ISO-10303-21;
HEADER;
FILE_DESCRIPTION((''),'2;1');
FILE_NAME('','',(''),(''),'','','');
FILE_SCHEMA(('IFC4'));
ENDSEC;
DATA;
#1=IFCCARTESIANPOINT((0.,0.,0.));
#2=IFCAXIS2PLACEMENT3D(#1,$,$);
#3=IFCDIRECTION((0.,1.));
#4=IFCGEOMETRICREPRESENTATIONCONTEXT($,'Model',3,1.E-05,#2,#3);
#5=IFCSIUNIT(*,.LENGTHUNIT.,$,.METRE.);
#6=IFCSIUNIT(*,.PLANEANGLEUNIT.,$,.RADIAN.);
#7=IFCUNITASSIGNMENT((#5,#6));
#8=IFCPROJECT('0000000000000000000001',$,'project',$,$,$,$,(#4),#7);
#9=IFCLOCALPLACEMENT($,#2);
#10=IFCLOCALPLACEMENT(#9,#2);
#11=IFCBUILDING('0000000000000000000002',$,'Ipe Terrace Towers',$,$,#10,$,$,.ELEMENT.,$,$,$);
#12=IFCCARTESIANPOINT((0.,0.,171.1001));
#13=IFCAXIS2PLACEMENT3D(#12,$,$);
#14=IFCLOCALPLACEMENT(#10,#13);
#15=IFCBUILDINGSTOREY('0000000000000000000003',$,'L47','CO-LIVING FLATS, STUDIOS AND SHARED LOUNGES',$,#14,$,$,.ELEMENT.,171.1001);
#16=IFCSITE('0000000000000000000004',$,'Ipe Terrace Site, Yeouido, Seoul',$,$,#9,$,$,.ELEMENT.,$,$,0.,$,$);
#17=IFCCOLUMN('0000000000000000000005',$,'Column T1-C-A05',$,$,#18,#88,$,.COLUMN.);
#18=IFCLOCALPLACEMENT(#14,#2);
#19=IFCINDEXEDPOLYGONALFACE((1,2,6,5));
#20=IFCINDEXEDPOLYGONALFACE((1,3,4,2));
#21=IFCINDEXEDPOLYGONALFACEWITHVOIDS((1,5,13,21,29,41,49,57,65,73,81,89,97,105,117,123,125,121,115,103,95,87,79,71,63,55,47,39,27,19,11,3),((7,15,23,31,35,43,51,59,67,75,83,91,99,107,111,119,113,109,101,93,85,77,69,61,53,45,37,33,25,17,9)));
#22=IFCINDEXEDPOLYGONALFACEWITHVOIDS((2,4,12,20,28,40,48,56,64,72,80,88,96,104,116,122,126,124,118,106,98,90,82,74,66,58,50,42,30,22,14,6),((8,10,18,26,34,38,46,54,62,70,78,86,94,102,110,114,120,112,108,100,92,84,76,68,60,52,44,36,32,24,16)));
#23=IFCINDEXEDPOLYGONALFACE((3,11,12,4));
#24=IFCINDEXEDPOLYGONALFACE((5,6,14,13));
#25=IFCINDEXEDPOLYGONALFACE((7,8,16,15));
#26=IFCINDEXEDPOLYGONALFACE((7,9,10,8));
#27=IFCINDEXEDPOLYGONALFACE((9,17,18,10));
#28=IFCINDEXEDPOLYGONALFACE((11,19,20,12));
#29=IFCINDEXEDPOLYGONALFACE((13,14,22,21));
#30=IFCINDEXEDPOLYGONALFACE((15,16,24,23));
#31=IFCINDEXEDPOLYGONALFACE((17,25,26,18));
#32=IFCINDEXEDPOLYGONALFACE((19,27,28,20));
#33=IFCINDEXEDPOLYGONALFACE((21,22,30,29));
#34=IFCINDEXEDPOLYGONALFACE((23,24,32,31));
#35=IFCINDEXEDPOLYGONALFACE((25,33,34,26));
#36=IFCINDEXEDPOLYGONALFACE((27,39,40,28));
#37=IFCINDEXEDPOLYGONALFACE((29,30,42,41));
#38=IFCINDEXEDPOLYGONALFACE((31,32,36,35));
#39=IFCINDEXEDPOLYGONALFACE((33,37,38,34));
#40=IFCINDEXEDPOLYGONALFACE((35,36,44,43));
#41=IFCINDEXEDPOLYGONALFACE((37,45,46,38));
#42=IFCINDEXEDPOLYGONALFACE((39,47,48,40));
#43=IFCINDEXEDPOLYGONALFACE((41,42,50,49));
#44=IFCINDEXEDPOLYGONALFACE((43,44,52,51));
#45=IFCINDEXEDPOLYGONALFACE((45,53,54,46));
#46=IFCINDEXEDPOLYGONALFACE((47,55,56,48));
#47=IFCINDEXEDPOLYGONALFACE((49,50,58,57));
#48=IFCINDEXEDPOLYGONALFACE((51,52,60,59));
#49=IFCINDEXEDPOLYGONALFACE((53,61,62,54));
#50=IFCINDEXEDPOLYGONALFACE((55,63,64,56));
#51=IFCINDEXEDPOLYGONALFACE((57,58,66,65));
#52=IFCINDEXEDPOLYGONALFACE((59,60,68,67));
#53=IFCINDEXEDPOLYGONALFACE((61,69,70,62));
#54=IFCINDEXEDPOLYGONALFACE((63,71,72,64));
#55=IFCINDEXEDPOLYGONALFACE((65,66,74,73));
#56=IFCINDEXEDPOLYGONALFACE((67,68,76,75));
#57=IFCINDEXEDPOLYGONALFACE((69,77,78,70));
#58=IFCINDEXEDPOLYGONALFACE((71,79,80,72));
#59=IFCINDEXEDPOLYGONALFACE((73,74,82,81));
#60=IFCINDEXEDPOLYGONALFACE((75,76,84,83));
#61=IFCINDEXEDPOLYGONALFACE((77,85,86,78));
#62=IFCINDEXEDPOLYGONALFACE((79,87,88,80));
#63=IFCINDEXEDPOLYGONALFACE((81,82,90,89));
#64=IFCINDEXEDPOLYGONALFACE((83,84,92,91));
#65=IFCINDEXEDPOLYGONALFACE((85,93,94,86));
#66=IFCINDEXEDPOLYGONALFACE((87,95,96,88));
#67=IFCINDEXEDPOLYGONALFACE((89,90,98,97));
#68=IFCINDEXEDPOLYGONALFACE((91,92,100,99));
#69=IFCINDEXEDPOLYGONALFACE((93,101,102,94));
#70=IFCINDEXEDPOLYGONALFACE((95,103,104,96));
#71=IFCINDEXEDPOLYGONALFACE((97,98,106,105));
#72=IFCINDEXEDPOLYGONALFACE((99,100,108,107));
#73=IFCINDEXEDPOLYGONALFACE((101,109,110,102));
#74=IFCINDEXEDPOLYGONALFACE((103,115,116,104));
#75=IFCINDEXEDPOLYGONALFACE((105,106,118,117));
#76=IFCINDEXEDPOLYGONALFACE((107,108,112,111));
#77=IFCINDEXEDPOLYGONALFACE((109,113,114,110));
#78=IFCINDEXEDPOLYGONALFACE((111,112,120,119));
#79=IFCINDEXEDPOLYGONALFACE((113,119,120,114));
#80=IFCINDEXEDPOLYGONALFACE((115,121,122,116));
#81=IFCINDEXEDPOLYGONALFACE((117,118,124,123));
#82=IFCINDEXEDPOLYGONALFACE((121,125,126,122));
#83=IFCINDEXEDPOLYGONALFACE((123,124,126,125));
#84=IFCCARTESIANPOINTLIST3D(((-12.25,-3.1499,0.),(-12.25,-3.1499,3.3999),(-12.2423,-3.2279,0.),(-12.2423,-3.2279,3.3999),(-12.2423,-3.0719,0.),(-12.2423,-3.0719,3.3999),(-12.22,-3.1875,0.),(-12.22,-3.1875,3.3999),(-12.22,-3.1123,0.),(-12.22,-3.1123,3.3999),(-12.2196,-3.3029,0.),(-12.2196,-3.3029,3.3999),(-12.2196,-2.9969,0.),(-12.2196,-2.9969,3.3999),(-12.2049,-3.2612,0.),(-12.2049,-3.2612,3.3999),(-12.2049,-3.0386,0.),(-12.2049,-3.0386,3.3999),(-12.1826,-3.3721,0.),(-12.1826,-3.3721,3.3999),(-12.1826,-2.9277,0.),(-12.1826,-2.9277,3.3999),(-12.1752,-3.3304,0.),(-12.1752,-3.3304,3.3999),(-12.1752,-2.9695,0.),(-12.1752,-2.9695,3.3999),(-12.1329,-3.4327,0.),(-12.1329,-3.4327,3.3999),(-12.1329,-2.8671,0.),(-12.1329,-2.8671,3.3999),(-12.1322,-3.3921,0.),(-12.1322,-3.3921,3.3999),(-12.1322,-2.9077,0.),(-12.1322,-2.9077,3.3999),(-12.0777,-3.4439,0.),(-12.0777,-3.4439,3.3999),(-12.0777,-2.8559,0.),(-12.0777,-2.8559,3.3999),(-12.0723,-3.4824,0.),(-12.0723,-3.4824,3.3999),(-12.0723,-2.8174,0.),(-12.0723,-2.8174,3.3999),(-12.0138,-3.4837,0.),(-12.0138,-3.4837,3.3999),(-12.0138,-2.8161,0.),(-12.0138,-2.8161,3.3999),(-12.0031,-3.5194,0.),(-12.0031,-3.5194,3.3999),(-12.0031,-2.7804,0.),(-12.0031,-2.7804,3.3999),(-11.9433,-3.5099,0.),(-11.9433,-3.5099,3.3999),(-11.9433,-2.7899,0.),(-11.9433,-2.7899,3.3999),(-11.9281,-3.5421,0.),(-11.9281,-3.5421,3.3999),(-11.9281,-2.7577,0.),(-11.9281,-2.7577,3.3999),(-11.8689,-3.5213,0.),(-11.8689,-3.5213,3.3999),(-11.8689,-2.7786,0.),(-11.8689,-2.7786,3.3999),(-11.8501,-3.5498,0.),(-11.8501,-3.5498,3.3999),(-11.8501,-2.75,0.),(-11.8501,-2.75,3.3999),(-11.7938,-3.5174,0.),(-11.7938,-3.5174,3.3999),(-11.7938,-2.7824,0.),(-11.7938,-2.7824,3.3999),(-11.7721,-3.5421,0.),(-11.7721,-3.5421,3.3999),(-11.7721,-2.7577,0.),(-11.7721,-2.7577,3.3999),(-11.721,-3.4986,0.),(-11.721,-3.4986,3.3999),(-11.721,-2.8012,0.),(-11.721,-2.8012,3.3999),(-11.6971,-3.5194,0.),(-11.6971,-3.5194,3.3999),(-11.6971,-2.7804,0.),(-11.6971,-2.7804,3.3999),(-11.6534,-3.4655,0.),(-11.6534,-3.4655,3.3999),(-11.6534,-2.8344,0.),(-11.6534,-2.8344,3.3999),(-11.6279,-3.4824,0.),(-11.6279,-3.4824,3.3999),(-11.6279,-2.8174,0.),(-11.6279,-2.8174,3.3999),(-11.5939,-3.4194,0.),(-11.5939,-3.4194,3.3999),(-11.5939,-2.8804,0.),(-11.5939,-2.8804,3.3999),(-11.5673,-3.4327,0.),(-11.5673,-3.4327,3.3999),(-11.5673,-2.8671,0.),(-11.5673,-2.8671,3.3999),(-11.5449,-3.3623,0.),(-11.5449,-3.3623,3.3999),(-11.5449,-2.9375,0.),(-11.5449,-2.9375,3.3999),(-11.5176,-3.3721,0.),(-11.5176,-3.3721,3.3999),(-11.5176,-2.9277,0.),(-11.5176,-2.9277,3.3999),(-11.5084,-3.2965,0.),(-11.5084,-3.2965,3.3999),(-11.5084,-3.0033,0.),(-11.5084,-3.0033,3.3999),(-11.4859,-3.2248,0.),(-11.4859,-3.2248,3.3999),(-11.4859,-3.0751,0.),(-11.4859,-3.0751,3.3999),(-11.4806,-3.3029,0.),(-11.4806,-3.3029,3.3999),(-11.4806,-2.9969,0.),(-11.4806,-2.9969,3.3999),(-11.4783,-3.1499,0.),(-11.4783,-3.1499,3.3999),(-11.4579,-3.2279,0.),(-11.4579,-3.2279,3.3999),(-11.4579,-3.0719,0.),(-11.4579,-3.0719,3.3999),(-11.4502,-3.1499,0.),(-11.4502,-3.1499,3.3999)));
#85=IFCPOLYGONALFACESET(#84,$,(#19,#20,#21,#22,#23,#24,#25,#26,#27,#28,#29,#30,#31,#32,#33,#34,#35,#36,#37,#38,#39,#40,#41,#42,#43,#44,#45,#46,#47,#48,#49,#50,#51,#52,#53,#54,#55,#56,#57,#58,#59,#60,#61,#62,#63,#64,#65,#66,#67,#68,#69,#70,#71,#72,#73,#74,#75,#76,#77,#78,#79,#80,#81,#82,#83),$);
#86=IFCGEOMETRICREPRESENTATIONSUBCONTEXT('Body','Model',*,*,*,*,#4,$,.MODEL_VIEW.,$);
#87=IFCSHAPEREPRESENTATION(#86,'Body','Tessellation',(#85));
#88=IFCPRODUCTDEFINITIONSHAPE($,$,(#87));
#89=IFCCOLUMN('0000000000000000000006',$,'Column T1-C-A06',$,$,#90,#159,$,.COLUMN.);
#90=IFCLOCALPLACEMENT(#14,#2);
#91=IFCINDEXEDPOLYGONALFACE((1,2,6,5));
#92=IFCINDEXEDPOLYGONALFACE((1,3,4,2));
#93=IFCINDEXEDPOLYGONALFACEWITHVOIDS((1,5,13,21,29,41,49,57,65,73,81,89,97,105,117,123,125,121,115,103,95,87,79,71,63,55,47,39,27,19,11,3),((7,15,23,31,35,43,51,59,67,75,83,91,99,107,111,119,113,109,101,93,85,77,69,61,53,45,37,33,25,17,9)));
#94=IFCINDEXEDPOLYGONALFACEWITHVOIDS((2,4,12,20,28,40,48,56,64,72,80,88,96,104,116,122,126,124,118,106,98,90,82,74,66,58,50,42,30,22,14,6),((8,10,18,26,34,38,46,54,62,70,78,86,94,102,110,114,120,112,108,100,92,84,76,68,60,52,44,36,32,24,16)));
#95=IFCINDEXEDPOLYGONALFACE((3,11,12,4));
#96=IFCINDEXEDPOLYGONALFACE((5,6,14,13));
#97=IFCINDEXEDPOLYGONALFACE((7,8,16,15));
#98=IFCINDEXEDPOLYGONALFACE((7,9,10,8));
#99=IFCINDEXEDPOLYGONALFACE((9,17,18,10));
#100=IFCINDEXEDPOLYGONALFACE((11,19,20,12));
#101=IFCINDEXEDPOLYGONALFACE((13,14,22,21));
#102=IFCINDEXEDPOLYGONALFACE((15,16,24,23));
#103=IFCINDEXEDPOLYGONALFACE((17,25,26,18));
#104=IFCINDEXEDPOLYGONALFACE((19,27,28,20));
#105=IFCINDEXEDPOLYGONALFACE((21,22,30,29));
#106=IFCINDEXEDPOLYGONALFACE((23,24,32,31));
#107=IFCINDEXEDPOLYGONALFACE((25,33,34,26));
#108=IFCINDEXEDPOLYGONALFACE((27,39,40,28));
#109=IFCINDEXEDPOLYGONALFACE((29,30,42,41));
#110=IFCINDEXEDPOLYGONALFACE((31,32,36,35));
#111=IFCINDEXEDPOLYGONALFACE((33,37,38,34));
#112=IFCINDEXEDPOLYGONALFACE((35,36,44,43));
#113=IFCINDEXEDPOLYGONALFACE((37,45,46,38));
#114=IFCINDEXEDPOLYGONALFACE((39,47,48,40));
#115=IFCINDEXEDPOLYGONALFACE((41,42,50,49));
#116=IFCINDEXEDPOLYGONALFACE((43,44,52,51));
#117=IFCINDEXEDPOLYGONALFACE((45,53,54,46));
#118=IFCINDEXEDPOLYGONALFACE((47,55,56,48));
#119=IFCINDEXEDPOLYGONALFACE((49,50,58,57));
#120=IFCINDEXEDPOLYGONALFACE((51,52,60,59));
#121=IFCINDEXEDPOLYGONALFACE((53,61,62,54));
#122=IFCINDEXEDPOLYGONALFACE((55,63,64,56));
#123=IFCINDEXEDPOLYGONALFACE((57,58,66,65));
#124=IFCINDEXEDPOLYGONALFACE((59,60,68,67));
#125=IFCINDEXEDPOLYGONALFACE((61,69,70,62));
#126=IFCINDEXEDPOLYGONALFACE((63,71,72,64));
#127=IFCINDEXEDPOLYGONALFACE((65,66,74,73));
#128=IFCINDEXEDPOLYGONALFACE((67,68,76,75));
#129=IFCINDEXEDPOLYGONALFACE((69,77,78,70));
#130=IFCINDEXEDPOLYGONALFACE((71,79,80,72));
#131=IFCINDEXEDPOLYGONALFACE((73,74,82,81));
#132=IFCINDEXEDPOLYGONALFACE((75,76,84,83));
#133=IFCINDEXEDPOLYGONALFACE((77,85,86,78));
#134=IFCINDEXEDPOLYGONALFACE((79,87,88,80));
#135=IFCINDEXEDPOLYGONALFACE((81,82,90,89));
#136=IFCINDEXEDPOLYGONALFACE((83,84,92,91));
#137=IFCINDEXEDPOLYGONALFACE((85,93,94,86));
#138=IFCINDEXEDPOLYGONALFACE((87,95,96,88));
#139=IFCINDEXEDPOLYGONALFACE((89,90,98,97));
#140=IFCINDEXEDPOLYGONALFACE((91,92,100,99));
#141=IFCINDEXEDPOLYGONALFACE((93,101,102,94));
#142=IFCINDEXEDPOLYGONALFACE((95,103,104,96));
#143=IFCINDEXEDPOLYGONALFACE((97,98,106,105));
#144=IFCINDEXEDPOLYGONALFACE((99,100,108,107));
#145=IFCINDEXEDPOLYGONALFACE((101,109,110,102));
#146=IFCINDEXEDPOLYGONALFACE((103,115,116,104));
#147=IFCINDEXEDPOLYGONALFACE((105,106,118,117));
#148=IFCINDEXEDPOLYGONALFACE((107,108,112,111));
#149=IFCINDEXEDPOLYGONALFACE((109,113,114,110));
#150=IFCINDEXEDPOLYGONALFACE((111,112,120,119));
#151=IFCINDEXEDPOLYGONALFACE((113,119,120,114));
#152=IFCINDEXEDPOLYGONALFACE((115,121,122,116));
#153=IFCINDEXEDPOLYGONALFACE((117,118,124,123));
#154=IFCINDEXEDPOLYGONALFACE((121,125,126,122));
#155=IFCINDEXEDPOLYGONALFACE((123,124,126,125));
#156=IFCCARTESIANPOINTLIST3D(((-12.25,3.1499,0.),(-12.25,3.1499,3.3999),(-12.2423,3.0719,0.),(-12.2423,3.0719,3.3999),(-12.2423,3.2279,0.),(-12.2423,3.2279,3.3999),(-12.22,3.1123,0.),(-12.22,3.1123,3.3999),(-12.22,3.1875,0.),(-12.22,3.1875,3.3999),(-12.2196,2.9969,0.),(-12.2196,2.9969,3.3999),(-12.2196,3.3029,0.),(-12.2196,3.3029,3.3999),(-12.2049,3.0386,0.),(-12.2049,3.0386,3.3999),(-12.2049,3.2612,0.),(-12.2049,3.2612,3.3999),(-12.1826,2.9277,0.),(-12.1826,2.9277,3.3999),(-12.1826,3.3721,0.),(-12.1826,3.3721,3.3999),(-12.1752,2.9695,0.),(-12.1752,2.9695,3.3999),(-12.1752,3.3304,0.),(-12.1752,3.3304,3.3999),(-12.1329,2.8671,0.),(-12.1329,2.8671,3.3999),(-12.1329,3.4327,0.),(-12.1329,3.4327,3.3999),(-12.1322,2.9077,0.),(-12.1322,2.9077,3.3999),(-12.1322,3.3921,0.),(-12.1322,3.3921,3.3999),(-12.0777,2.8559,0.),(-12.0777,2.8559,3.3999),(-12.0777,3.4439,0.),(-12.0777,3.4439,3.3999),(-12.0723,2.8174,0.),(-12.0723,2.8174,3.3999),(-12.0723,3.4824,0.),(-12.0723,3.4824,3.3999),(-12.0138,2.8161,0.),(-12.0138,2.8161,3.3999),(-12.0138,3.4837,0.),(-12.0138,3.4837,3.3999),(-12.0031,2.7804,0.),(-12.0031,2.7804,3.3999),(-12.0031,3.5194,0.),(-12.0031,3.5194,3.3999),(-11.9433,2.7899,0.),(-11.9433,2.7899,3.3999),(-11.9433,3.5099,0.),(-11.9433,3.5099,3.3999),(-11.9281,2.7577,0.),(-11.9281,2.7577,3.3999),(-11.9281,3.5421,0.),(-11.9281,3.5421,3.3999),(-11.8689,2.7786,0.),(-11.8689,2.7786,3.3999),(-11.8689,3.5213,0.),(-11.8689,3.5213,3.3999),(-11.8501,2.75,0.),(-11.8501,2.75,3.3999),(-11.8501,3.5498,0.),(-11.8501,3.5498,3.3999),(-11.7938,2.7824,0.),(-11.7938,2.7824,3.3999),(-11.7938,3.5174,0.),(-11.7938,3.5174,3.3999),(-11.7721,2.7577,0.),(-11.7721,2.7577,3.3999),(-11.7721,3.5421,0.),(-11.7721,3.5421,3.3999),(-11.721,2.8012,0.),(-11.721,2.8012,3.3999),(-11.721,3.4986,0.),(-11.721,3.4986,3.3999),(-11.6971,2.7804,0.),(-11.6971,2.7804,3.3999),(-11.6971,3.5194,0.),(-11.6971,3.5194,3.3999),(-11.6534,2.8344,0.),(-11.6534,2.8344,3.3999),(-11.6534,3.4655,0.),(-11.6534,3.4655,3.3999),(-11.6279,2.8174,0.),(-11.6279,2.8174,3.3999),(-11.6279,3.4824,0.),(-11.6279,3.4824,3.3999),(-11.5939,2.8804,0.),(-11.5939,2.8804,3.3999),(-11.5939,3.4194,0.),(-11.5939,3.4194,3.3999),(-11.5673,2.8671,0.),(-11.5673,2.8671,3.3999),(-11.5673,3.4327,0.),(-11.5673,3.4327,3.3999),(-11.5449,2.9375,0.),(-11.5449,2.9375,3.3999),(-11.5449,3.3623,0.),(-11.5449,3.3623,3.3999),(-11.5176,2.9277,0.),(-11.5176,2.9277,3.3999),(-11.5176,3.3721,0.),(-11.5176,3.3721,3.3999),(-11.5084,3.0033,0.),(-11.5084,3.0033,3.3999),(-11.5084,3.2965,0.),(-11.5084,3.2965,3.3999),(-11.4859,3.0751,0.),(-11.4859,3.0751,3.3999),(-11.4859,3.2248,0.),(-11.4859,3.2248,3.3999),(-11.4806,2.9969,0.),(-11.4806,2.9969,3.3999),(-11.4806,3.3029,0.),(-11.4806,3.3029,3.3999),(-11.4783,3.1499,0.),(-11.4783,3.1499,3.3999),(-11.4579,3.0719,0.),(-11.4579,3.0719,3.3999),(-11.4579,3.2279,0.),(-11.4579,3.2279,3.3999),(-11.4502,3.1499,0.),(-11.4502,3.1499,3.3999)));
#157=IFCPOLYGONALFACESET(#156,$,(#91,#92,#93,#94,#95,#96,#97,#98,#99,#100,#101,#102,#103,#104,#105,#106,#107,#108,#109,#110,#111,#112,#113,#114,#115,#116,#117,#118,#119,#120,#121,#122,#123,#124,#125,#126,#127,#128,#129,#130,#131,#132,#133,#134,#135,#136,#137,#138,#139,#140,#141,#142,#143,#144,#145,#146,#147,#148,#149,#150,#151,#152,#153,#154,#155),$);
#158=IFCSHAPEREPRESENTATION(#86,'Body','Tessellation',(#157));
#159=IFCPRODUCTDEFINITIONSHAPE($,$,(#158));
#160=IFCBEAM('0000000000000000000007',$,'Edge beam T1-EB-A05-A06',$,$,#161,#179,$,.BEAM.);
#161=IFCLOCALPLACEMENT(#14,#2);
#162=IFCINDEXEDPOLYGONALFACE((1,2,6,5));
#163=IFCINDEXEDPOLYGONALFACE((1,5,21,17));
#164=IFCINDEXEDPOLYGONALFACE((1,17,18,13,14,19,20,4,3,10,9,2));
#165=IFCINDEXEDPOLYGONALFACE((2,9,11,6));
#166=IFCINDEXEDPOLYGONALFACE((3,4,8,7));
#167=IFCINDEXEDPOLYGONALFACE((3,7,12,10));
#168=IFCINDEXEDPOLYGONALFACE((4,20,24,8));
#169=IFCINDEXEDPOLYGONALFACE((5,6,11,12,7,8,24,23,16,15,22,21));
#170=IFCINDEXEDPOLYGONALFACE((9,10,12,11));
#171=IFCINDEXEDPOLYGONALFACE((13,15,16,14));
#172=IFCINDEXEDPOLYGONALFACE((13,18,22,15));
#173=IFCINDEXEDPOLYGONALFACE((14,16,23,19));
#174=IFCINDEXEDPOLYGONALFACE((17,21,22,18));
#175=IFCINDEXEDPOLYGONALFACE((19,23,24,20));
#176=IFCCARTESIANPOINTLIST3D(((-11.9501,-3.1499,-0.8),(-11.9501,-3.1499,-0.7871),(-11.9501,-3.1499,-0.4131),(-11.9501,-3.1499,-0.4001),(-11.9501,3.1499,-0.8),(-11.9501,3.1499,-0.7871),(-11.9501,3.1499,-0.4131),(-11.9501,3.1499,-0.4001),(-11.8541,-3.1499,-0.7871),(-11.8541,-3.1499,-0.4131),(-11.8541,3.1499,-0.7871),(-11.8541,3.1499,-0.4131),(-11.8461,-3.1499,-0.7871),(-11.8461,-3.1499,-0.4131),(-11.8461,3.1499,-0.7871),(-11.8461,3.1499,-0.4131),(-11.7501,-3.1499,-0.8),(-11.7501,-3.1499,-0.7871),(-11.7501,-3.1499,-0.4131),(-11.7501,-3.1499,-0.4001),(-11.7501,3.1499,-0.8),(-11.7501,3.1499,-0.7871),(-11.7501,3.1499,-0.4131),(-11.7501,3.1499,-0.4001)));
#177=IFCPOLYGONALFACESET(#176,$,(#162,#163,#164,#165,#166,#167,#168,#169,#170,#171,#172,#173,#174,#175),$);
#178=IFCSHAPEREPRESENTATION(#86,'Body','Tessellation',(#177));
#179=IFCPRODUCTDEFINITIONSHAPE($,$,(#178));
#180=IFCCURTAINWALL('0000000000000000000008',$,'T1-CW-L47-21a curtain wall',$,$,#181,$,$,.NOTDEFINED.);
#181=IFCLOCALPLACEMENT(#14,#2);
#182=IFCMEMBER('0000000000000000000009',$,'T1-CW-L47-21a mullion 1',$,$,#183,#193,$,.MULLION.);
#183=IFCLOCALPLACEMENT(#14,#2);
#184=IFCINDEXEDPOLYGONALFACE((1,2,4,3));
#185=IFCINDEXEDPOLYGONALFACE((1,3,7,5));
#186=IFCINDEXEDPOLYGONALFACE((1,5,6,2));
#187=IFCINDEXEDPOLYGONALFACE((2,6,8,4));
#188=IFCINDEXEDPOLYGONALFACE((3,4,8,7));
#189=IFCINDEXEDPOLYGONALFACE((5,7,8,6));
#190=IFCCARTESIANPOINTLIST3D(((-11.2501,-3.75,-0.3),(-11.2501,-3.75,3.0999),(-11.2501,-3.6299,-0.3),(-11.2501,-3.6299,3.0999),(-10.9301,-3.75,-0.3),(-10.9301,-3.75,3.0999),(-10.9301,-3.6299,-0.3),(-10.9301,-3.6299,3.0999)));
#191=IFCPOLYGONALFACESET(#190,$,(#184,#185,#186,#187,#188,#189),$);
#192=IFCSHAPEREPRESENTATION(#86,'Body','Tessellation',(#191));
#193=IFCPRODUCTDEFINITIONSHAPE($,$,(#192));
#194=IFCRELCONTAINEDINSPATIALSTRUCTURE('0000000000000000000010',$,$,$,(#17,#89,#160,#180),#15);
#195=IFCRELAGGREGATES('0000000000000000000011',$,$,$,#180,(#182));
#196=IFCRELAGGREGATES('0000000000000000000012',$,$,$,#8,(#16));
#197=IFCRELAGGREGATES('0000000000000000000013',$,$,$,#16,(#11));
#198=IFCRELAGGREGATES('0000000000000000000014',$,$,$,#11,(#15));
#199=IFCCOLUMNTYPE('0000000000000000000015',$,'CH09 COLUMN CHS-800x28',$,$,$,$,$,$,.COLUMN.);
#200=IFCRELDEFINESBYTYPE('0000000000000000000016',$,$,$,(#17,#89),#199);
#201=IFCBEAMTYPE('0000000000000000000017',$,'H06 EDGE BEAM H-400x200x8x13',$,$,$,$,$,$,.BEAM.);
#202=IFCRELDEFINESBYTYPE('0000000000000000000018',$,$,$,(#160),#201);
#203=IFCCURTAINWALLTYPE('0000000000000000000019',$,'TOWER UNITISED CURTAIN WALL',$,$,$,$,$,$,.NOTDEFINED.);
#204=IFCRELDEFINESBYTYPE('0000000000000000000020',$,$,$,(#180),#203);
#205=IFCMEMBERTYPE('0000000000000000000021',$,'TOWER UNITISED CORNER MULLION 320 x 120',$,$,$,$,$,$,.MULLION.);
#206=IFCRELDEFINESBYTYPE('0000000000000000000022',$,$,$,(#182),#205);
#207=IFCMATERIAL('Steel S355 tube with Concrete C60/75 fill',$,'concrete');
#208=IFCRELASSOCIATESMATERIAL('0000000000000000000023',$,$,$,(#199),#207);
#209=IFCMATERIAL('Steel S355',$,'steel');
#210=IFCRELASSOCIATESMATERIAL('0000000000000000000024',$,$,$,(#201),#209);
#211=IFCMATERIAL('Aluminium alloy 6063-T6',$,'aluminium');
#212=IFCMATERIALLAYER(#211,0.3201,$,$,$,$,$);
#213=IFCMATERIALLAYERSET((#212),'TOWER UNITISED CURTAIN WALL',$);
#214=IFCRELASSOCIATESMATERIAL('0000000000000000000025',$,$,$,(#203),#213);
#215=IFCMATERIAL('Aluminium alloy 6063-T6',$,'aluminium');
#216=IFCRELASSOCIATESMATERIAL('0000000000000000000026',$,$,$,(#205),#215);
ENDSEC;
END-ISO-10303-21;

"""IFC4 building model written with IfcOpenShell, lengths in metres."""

from ifc_helpers import new_model, si_unit, direction, frame, origin, origin_2d, place, context, subcontext, project, spatial, rectangle, hollow_circle, i_section, extrude, material, layer, layer_set, material_profile, profile_set, type_object, element, aggregate, save


model = new_model("IFC4")

# Units and contexts
model_context = context("Model", 3, precision=1e-05, world=origin(), true_north=direction((0.0, 1.0)))
body_context = subcontext(model_context, "Body", "Model", "MODEL_VIEW")
ifc_project = project(units=[si_unit("LENGTHUNIT", "METRE"), si_unit("PLANEANGLEUNIT", "RADIAN")], contexts=[model_context])

# Site, building, storey
site_placement = place(None, origin())
site = spatial("IfcSite", under=ifc_project, at=site_placement, Name="Ipe Terrace Site, Yeouido, Seoul", CompositionType="ELEMENT", RefElevation=0.0)
building_placement = place(site_placement, origin())
building = spatial("IfcBuilding", under=site, at=building_placement, Name="Ipe Terrace Towers", CompositionType="ELEMENT")
storey_placement = place(building_placement, frame((0.0, 0.0, 171.1001)))
storey = spatial("IfcBuildingStorey", under=building, at=storey_placement, Name="L47", Description="CO-LIVING FLATS, STUDIOS AND SHARED LOUNGES", CompositionType="ELEMENT", Elevation=171.1001)

# Columns
ifc_material_1 = material(Name="Steel S355 tube with Concrete C60/75 fill", Category="concrete")
ifc_material_profile_1 = material_profile(ifc_material_1, hollow_circle(Radius=0.3999, WallThickness=0.0281, at=origin_2d()), Name="CHS-800x28")
ifc_profile_set_1 = profile_set([ifc_material_profile_1], Name="Steel S355 tube with Concrete C60/75 fill")
column_type = type_object("IfcColumnType", Name="CH09 COLUMN CHS-800x28", PredefinedType="COLUMN", material=ifc_profile_set_1)
for number, where, z_axis, x_axis, name in (
    (1, (-11.8501, -3.1499, 0.0), (0.0, 0.0, 1.0), (1.0, 0.0, 0.0), "Column T1-C-A05"),
    (2, (-11.8501, 3.1499, 0.0), (0.0, 0.0, 1.0), (1.0, 0.0, 0.0), "Column T1-C-A06"),
):
    element("IfcColumn", number, at=place(storey_placement, frame(where, z_axis=z_axis, x_axis=x_axis)), inside=storey, type_object=column_type, Name=name, PredefinedType="COLUMN", context=body_context, shape_type="SweptSolid", body=[
        extrude(hollow_circle(Radius=0.3999, WallThickness=0.0281, at=origin_2d()), origin(), (0.0, 0.0, 1.0), 3.3999),
    ])

# Beam
ifc_material_2 = material(Name="Steel S355", Category="steel")
ifc_material_profile_2 = material_profile(ifc_material_2, i_section(OverallWidth=0.2, OverallDepth=0.3999, WebThickness=0.0081, FlangeThickness=0.0129, at=origin_2d()), Name="H-400x200x8x13")
ifc_profile_set_2 = profile_set([ifc_material_profile_2], Name="Steel S355")
beam_type = type_object("IfcBeamType", Name="H06 EDGE BEAM H-400x200x8x13", PredefinedType="BEAM", material=ifc_profile_set_2)
beam_placement = place(storey_placement, frame((-11.8501, -3.1499, -0.6001), z_axis=(0.0, 1.0, 0.0), x_axis=(-1.0, 0.0, 0.0)))
element("IfcBeam", 3, at=beam_placement, inside=storey, type_object=beam_type, Name="Edge beam T1-EB-A05-A06", PredefinedType="BEAM", context=body_context, shape_type="SweptSolid", body=[
    extrude(i_section(OverallWidth=0.2, OverallDepth=0.3999, WebThickness=0.0081, FlangeThickness=0.0129, at=origin_2d()), origin(), (0.0, 0.0, 1.0), 6.2998),
])

# Curtain wall, member
ifc_material_3 = material(Name="Aluminium alloy 6063-T6", Category="aluminium")
ifc_layer_1 = layer(ifc_material_3, 0.3201)
ifc_layer_set_1 = layer_set([ifc_layer_1], Name="TOWER UNITISED CURTAIN WALL")
curtain_wall_type = type_object("IfcCurtainWallType", Name="TOWER UNITISED CURTAIN WALL", PredefinedType="NOTDEFINED", material=ifc_layer_set_1)
curtain_wall_placement = place(storey_placement, origin())
curtain_wall = element("IfcCurtainWall", 4, at=curtain_wall_placement, inside=storey, type_object=curtain_wall_type, Name="T1-CW-L47-21a curtain wall", PredefinedType="NOTDEFINED")
ifc_material_4 = material(Name="Aluminium alloy 6063-T6", Category="aluminium")
ifc_material_profile_3 = material_profile(ifc_material_4, rectangle(XDim=0.3201, YDim=0.1201, at=origin_2d()), Name="TOWER UNITISED CORNER MULLION 320 x 120")
ifc_profile_set_3 = profile_set([ifc_material_profile_3], Name="Aluminium alloy 6063-T6")
member_type_1 = type_object("IfcMemberType", Name="TOWER UNITISED CORNER MULLION 320 x 120", PredefinedType="MULLION", material=ifc_profile_set_3)
member_1_placement = place(storey_placement, frame((-11.0901, -3.6899, -0.3), z_axis=(0.0, 0.0, 1.0), x_axis=(1.0, 0.0, 0.0)))
member_1 = element("IfcMember", 5, at=member_1_placement, type_object=member_type_1, Name="T1-CW-L47-21a mullion 1", PredefinedType="MULLION", context=body_context, shape_type="SweptSolid", body=[
    extrude(rectangle(XDim=0.3201, YDim=0.1201, at=origin_2d()), origin(), (0.0, 0.0, 1.0), 3.3999),
])

aggregate(curtain_wall, [member_1])

save(model, "model.ifc")
